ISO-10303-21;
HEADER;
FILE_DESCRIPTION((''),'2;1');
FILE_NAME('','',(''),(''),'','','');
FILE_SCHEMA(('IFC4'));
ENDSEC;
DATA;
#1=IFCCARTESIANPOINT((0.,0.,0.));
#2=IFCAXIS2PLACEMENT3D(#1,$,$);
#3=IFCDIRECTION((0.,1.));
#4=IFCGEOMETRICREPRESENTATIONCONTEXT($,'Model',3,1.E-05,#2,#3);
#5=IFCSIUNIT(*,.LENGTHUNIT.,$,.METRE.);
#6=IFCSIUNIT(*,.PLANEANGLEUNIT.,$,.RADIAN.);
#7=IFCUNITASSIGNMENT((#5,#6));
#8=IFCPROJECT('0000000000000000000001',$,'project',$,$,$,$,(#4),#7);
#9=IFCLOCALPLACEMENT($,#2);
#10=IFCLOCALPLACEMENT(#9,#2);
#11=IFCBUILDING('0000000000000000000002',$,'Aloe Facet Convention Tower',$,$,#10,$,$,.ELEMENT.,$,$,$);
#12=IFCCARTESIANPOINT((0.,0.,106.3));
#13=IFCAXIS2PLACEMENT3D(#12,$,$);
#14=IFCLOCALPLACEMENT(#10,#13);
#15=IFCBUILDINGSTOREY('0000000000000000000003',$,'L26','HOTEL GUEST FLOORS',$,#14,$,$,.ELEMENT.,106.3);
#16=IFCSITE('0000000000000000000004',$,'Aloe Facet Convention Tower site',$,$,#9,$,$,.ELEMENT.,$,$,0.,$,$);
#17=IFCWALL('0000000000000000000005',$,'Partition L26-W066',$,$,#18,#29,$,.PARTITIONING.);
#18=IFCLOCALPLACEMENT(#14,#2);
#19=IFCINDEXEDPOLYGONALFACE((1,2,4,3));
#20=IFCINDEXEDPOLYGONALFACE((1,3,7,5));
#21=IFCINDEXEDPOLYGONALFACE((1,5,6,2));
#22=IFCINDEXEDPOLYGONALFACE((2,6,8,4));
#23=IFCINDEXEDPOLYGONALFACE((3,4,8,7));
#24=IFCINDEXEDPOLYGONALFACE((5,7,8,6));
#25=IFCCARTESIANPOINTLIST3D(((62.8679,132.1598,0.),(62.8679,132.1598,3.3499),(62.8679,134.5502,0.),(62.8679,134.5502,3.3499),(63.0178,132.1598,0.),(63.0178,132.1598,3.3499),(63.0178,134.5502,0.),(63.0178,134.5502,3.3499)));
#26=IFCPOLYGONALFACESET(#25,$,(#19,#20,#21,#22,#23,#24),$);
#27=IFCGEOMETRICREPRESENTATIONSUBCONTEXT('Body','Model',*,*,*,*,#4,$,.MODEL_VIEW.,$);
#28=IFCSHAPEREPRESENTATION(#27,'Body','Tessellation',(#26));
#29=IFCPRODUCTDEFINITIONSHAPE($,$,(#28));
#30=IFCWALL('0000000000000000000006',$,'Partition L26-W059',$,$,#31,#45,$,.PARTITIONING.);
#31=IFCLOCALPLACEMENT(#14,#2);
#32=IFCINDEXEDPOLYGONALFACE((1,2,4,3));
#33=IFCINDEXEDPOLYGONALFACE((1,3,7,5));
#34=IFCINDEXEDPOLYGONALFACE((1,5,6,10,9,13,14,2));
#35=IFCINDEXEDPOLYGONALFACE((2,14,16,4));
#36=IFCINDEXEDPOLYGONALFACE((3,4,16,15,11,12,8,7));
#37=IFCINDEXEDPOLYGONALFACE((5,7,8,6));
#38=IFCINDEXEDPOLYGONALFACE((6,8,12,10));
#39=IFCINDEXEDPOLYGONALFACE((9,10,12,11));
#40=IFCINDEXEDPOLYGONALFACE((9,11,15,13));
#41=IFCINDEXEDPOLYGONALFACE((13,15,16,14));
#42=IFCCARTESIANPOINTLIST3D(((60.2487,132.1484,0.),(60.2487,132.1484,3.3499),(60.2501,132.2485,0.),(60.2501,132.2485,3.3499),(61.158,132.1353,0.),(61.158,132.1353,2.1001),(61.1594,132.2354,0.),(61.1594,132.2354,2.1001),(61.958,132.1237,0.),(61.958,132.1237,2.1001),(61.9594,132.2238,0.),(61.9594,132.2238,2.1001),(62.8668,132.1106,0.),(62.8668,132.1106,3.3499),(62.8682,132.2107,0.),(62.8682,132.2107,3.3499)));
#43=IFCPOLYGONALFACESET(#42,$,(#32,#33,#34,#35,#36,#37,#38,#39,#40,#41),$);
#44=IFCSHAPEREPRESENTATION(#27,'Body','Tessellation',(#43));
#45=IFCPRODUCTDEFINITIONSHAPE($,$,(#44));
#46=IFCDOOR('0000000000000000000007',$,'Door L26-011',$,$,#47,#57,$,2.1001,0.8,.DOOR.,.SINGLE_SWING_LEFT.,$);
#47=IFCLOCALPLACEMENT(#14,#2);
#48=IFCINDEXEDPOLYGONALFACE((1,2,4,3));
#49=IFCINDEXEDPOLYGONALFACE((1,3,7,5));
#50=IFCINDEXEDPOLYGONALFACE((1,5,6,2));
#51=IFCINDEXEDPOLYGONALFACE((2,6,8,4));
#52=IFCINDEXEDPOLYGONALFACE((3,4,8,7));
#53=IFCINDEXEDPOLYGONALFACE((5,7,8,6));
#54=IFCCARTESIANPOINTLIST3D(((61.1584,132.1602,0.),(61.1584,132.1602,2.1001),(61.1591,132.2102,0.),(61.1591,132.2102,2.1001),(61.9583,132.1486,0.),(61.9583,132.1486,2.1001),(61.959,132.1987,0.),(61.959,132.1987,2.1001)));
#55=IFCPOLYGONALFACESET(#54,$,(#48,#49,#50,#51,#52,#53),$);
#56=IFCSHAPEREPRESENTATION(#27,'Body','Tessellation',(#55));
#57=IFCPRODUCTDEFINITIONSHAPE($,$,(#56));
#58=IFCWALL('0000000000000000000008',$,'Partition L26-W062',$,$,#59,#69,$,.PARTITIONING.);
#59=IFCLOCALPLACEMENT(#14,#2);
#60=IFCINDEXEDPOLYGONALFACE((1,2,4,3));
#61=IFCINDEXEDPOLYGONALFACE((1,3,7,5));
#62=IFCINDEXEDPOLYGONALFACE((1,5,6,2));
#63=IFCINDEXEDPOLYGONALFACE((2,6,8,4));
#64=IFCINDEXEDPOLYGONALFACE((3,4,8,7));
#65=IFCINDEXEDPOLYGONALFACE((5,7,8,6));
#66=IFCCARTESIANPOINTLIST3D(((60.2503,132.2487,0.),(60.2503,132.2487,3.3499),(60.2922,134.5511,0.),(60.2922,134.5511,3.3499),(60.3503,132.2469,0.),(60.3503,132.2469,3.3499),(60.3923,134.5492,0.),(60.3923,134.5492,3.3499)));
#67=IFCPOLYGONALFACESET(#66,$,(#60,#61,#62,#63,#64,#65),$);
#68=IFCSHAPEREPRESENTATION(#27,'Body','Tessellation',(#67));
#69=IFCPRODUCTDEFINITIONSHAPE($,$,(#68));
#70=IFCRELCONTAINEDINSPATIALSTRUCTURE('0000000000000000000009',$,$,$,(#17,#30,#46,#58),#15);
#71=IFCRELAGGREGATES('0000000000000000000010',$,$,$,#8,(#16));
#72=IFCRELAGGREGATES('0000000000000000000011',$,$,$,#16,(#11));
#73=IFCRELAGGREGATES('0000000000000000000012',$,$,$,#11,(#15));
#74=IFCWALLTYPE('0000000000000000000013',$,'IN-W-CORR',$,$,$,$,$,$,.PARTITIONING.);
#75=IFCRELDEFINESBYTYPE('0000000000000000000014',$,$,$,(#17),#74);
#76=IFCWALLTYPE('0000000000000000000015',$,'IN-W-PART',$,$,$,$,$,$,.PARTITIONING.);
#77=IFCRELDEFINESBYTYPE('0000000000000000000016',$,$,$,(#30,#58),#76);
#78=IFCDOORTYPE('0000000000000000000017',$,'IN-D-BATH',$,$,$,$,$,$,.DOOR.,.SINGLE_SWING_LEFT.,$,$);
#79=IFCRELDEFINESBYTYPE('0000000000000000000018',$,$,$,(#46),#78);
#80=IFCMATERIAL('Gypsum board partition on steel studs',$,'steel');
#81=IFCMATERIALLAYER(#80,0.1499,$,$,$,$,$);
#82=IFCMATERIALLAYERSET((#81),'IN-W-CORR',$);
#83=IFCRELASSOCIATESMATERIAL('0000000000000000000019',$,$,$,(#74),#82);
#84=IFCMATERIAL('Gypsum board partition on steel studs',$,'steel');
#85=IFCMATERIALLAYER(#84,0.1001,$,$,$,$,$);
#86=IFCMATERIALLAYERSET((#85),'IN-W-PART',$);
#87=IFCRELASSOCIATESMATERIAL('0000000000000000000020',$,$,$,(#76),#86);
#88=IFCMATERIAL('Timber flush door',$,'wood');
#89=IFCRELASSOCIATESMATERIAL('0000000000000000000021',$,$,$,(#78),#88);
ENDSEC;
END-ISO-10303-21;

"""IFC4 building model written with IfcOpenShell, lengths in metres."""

from ifc_helpers import new_model, si_unit, direction, frame, frame_2d, origin, place, context, subcontext, project, spatial, rectangle, extrude, material, layer, layer_set, type_object, element, fill, save


model = new_model("IFC4")

# Units and contexts
model_context = context("Model", 3, precision=1e-05, world=origin(), true_north=direction((0.0, 1.0)))
body_context = subcontext(model_context, "Body", "Model", "MODEL_VIEW")
ifc_project = project(units=[si_unit("LENGTHUNIT", "METRE"), si_unit("PLANEANGLEUNIT", "RADIAN")], contexts=[model_context])

# Site, building, storey
site_placement = place(None, origin())
site = spatial("IfcSite", under=ifc_project, at=site_placement, Name="Aloe Facet Convention Tower site", CompositionType="ELEMENT", RefElevation=0.0)
building_placement = place(site_placement, origin())
building = spatial("IfcBuilding", under=site, at=building_placement, Name="Aloe Facet Convention Tower", CompositionType="ELEMENT")
storey_placement = place(building_placement, frame((0.0, 0.0, 106.3)))
storey = spatial("IfcBuildingStorey", under=building, at=storey_placement, Name="L26", Description="HOTEL GUEST FLOORS", CompositionType="ELEMENT", Elevation=106.3)

# Wall
ifc_material_1 = material(Name="Gypsum board partition on steel studs", Category="steel")
ifc_layer_1 = layer(ifc_material_1, 0.1499)
ifc_layer_set_1 = layer_set([ifc_layer_1], Name="IN-W-CORR")
wall_type_1 = type_object("IfcWallType", Name="IN-W-CORR", PredefinedType="PARTITIONING", material=ifc_layer_set_1)
wall_1_placement = place(storey_placement, frame((62.9429, 132.1597, 0.0), z_axis=(0.0, 0.0, 1.0), x_axis=(0.0, 1.0, 0.0)))
element("IfcWall", 1, at=wall_1_placement, inside=storey, type_object=wall_type_1, Name="Partition L26-W066", PredefinedType="PARTITIONING", context=body_context, shape_type="SweptSolid", body=[
    extrude(rectangle(XDim=2.3904, YDim=0.1499, at=frame_2d((1.1953, 0.0))), origin(), (0.0, 0.0, 1.0), 3.3499),
])

# Wall, opening, door
ifc_material_2 = material(Name="Gypsum board partition on steel studs", Category="steel")
ifc_layer_2 = layer(ifc_material_2, 0.1001)
ifc_layer_set_2 = layer_set([ifc_layer_2], Name="IN-W-PART")
wall_type_2 = type_object("IfcWallType", Name="IN-W-PART", PredefinedType="PARTITIONING", material=ifc_layer_set_2)
wall_2_placement = place(storey_placement, frame((60.2495, 132.1985, 0.0), z_axis=(0.0, 0.0, 1.0), x_axis=(0.999896, -0.014452, 0.0)))
wall_2 = element("IfcWall", 2, at=wall_2_placement, inside=storey, type_object=wall_type_2, Name="Partition L26-W059", PredefinedType="PARTITIONING", context=body_context, shape_type="SweptSolid", body=[
    extrude(rectangle(XDim=2.6184, YDim=0.1001, at=frame_2d((1.3091, 0.0))), origin(), (0.0, 0.0, 1.0), 3.3499),
])
opening_1_placement = place(wall_2_placement, frame((0.9094, 0.0, 0.0)))
opening_1 = element("IfcOpeningElement", 3, at=opening_1_placement, cuts=wall_2, PredefinedType="OPENING", context=body_context, shape_type="SweptSolid", body=[
    extrude(rectangle(XDim=0.8, YDim=2.1001, at=frame_2d((0.3999, 1.05))), frame((0.0, 0.0601, 0.0), z_axis=(0.0, -1.0, 0.0), x_axis=(1.0, 0.0, 0.0)), (0.0, 0.0, 1.0), 0.1201),
])
ifc_material_3 = material(Name="Timber flush door", Category="wood")
door_type = type_object("IfcDoorType", Name="IN-D-BATH", OperationType="SINGLE_SWING_LEFT", PredefinedType="DOOR", material=ifc_material_3)
door_placement = place(opening_1_placement, origin())
door = element("IfcDoor", 4, at=door_placement, inside=storey, type_object=door_type, Name="Door L26-011", OperationType="SINGLE_SWING_LEFT", OverallHeight=2.1001, OverallWidth=0.8, PredefinedType="DOOR", context=body_context, shape_type="SweptSolid", body=[
    extrude(rectangle(XDim=0.8, YDim=2.1001, at=frame_2d((0.3999, 1.05))), frame((0.0, 0.0249, 0.0), z_axis=(0.0, -1.0, 0.0), x_axis=(1.0, 0.0, 0.0)), (0.0, 0.0, 1.0), 0.05),
])
fill(opening_1, door)

# Wall
wall_3_placement = place(storey_placement, frame((60.3003, 132.2478, 0.0), z_axis=(0.0, 0.0, 1.0), x_axis=(0.018237, 0.999834, 0.0)))
element("IfcWall", 5, at=wall_3_placement, inside=storey, type_object=wall_type_2, Name="Partition L26-W062", PredefinedType="PARTITIONING", context=body_context, shape_type="SweptSolid", body=[
    extrude(rectangle(XDim=2.3027, YDim=0.1001, at=frame_2d((1.1514, 0.0))), origin(), (0.0, 0.0, 1.0), 3.3499),
])

save(model, "model.ifc")
